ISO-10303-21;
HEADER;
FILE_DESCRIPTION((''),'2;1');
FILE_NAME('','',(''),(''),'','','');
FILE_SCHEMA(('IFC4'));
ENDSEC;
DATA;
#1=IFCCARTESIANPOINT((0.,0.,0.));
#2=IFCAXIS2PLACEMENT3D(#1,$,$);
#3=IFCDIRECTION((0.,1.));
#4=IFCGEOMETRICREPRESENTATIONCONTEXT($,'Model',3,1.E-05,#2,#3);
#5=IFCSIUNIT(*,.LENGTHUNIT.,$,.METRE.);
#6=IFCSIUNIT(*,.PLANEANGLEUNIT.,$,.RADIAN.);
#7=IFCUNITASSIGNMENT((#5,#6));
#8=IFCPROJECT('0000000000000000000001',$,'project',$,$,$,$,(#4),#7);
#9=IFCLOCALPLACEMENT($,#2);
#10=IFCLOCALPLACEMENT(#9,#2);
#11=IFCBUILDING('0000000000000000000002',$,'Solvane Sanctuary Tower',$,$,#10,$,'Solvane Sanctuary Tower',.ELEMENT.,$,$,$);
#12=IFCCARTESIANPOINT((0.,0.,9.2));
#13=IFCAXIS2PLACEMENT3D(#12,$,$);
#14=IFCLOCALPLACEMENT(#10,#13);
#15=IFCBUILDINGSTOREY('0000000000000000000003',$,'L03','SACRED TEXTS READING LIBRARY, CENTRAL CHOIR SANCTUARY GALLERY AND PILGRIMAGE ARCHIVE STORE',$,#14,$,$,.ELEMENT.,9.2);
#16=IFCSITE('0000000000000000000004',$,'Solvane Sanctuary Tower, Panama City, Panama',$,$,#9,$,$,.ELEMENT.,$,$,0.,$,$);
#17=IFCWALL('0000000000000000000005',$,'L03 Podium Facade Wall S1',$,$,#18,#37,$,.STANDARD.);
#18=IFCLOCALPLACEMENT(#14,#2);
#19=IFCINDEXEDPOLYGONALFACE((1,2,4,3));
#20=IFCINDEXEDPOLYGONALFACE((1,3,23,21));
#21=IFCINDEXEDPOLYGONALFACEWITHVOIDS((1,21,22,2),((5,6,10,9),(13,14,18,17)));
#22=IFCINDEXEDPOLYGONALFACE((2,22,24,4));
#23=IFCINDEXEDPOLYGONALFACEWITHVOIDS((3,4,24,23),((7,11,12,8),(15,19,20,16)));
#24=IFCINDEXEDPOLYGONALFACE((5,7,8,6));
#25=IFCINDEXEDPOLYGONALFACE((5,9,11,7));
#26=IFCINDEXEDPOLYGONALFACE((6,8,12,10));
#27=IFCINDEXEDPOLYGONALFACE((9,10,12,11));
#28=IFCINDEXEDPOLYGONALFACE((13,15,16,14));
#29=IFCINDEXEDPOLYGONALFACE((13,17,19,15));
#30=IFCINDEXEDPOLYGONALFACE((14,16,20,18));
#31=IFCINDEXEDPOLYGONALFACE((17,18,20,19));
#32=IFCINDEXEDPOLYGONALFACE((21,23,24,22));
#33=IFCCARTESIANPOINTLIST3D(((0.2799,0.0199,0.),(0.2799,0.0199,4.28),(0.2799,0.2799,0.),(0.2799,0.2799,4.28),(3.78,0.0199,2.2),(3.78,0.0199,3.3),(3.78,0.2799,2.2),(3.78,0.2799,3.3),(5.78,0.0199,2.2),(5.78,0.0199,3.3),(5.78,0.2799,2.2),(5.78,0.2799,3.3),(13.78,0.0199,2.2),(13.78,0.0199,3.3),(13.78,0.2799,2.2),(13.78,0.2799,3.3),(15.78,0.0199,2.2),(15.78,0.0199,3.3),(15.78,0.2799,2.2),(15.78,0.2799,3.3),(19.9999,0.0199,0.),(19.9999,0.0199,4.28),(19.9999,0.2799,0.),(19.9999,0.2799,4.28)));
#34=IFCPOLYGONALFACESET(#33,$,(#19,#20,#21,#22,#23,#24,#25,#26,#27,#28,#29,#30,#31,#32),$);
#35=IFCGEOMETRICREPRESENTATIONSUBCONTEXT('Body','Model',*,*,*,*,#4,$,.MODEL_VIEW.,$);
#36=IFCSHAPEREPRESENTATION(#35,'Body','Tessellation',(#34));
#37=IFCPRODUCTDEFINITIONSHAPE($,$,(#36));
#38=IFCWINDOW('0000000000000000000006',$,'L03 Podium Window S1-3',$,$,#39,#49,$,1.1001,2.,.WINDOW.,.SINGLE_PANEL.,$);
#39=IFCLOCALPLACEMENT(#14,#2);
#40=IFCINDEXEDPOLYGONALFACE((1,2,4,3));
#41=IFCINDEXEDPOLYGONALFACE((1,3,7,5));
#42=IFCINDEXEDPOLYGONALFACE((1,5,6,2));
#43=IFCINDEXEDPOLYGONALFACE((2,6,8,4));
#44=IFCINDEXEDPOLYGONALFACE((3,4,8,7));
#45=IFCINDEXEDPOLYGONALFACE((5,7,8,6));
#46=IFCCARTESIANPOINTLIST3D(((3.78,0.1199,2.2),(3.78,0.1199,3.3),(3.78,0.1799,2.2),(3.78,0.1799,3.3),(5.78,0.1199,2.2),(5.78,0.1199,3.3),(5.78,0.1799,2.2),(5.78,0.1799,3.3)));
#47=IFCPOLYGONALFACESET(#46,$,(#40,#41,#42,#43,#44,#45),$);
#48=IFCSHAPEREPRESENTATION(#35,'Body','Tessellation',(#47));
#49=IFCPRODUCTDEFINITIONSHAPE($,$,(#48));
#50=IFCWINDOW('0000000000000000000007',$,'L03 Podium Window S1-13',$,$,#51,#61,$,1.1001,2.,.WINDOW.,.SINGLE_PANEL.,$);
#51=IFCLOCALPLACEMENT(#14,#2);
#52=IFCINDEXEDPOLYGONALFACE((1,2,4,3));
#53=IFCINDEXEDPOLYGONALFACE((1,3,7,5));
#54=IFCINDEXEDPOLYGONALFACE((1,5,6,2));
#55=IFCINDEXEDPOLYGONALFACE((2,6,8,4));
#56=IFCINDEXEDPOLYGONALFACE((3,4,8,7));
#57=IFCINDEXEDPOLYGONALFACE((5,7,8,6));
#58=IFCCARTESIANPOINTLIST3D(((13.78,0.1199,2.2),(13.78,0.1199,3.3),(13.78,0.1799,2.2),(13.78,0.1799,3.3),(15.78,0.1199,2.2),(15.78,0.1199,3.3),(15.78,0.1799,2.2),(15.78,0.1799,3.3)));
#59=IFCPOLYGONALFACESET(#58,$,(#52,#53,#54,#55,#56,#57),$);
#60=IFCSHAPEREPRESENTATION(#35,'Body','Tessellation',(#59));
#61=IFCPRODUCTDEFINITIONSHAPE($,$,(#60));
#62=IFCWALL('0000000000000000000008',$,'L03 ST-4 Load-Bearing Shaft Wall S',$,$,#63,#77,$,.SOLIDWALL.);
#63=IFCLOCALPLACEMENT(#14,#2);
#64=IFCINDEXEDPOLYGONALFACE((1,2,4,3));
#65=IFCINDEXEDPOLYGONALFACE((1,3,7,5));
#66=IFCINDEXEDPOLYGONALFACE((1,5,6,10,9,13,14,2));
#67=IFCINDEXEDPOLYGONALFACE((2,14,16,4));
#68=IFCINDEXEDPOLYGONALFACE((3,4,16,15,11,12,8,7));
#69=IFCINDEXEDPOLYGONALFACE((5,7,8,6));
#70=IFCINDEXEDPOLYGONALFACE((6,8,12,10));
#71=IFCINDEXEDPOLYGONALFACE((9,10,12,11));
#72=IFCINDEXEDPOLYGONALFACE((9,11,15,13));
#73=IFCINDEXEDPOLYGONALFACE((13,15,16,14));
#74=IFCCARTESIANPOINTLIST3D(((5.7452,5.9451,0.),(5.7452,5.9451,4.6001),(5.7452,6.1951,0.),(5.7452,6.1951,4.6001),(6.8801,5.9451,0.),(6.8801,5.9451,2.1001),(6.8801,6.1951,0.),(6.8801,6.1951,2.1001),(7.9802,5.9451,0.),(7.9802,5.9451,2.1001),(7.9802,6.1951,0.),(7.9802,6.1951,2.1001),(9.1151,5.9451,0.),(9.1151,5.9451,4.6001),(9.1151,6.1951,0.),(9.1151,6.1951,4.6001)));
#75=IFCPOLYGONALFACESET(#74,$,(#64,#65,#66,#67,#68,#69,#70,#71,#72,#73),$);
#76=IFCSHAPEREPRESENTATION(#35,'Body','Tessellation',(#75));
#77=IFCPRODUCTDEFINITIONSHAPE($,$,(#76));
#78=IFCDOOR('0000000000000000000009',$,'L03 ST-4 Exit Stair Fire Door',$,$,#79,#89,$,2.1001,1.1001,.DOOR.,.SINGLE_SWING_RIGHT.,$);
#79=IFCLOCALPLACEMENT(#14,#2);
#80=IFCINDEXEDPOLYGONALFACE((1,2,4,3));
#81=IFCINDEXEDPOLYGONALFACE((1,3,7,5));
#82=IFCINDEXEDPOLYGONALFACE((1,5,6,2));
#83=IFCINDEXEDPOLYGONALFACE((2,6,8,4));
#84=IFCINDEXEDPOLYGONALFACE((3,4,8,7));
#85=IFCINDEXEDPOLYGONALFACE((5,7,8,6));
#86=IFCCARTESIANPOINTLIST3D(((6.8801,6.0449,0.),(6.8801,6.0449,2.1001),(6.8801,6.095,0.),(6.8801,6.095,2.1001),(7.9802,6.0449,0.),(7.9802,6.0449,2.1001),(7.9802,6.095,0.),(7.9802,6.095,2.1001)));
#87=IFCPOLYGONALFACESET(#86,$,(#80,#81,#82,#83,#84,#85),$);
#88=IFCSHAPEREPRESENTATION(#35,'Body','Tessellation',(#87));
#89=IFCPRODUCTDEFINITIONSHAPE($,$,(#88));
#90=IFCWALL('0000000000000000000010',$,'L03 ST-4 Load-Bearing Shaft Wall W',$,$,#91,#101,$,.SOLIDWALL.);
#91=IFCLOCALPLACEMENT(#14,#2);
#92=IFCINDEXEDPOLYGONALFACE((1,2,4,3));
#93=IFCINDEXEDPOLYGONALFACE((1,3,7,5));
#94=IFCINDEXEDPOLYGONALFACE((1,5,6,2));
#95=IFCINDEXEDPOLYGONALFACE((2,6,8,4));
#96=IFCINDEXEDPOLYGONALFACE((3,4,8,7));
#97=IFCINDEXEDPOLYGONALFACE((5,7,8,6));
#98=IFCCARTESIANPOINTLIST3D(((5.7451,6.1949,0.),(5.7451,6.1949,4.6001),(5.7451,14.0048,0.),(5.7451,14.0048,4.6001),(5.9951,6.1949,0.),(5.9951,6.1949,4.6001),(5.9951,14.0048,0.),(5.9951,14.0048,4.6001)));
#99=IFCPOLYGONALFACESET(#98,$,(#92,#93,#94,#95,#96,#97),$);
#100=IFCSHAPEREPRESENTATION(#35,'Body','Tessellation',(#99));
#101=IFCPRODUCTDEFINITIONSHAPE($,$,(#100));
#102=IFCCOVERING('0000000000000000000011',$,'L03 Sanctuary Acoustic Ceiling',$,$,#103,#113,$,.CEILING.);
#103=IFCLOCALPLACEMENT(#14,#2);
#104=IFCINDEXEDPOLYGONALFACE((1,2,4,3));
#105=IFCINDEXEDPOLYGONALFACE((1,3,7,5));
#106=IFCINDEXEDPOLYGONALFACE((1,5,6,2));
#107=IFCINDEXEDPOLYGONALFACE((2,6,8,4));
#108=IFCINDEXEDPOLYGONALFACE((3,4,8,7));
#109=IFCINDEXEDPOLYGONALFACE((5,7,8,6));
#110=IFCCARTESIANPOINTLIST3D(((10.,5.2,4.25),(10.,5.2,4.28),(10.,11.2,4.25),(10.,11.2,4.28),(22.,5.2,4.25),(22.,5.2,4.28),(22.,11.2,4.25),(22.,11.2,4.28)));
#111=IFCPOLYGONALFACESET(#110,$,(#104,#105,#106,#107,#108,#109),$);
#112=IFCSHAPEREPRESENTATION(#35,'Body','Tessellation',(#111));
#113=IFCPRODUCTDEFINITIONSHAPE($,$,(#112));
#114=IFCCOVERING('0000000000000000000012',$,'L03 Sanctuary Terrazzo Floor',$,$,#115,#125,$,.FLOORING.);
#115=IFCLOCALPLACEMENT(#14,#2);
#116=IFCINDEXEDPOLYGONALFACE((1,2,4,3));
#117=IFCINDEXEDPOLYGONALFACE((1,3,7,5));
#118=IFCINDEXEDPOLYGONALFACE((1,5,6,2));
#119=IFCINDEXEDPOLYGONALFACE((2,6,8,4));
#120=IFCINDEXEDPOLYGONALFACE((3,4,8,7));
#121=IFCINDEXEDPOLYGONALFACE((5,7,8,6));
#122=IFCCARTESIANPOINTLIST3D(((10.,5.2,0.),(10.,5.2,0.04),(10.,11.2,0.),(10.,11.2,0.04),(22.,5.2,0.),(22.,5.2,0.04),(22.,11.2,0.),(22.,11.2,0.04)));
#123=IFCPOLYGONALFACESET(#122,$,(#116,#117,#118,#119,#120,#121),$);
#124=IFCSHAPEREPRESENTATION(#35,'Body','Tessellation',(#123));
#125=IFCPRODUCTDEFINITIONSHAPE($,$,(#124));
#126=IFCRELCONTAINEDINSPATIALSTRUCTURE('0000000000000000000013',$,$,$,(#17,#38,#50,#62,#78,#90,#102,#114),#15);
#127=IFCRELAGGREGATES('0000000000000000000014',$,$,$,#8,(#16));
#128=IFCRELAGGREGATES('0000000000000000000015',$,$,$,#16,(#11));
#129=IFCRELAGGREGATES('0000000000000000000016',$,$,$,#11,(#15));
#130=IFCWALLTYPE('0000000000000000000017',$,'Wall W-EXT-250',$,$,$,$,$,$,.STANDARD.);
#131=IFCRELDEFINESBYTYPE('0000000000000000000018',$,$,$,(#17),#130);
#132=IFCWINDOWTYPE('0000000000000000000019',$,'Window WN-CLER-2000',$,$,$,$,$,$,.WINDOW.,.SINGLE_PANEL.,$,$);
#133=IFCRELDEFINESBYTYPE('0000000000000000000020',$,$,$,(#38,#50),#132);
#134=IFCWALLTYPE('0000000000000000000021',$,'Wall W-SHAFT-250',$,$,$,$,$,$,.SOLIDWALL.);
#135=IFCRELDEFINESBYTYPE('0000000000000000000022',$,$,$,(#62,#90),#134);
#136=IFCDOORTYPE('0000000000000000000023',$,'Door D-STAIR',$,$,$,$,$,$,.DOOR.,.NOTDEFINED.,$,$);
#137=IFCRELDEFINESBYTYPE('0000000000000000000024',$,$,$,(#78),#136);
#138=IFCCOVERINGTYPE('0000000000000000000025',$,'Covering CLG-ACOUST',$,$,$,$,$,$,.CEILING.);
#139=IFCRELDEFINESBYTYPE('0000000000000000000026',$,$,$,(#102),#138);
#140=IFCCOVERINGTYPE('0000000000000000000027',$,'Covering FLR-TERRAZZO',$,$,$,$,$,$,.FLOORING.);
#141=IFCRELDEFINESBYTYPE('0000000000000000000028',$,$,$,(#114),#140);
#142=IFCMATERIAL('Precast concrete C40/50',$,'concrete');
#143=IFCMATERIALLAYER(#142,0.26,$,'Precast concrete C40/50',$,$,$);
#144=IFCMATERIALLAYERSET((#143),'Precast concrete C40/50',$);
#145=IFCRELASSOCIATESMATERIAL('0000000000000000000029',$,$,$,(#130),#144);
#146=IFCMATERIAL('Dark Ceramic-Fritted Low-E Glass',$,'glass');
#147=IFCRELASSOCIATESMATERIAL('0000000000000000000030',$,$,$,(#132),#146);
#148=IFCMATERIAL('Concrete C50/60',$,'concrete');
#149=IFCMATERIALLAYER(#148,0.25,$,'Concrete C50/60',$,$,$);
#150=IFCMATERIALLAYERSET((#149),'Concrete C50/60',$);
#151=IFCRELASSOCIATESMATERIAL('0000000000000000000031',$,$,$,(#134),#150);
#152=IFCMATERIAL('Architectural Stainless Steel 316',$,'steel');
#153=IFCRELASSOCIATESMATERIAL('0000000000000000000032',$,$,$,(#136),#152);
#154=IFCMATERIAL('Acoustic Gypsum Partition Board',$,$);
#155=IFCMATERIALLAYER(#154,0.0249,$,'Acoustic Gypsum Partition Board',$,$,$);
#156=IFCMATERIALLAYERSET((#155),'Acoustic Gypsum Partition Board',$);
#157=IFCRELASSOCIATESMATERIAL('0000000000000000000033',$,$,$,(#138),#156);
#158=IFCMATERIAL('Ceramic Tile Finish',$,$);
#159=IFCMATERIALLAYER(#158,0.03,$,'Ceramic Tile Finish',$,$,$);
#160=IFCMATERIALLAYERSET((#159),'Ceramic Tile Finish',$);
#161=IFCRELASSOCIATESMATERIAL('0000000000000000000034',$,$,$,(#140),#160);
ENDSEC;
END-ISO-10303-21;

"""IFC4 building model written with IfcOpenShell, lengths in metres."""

from ifc_helpers import new_model, si_unit, direction, frame, frame_2d, origin, place, context, subcontext, project, spatial, polyline, rectangle, outline, extrude, material, layer, layer_set, type_object, element, fill, save


model = new_model("IFC4")

# Units and contexts
model_context = context("Model", 3, precision=1e-05, world=origin(), true_north=direction((0.0, 1.0)))
body_context = subcontext(model_context, "Body", "Model", "MODEL_VIEW")
ifc_project = project(units=[si_unit("LENGTHUNIT", "METRE"), si_unit("PLANEANGLEUNIT", "RADIAN")], contexts=[model_context])

# Site, building, storey
site_placement = place(None, origin())
site = spatial("IfcSite", under=ifc_project, at=site_placement, Name="Solvane Sanctuary Tower, Panama City, Panama", CompositionType="ELEMENT", RefElevation=0.0)
building_placement = place(site_placement, origin())
building = spatial("IfcBuilding", under=site, at=building_placement, Name="Solvane Sanctuary Tower", LongName="Solvane Sanctuary Tower", CompositionType="ELEMENT")
storey_placement = place(building_placement, frame((0.0, 0.0, 9.2)))
storey = spatial("IfcBuildingStorey", under=building, at=storey_placement, Name="L03", Description="SACRED TEXTS READING LIBRARY, CENTRAL CHOIR SANCTUARY GALLERY AND PILGRIMAGE ARCHIVE STORE", CompositionType="ELEMENT", Elevation=9.2)

# Shared definitions
ifc_material_1 = material(Name="Concrete C50/60", Category="concrete")

# Shared definitions
ifc_material_2 = material(Name="Acoustic Gypsum Partition Board")

# Wall, openings, windows
ifc_material_3 = material(Name="Precast concrete C40/50", Category="concrete")
ifc_layer_1 = layer(ifc_material_3, 0.26, Name="Precast concrete C40/50")
ifc_layer_set_1 = layer_set([ifc_layer_1], Name="Precast concrete C40/50")
wall_type_1 = type_object("IfcWallType", Name="Wall W-EXT-250", PredefinedType="STANDARD", material=ifc_layer_set_1)
wall_1_placement = place(storey_placement, frame((0.28, 0.1499, 0.0), z_axis=(0.0, 0.0, 1.0), x_axis=(1.0, 0.0, 0.0)))
wall_1 = element("IfcWall", 1, at=wall_1_placement, inside=storey, type_object=wall_type_1, Name="L03 Podium Facade Wall S1", PredefinedType="STANDARD", context=body_context, shape_type="SweptSolid", body=[
    extrude(rectangle(XDim=19.72, YDim=0.26, at=frame_2d((9.8599, 0.0))), origin(), (0.0, 0.0, 1.0), 4.28),
])
opening_1_placement = place(wall_1_placement, frame((3.5, 0.0, 2.2)))
opening_1 = element("IfcOpeningElement", 2, at=opening_1_placement, cuts=wall_1, PredefinedType="OPENING", context=body_context, shape_type="SweptSolid", body=[
    extrude(rectangle(XDim=2.0, YDim=1.1001, at=frame_2d((1.0, 0.55))), frame((0.0, 0.1399, 0.0), z_axis=(0.0, -1.0, 0.0), x_axis=(1.0, 0.0, 0.0)), (0.0, 0.0, 1.0), 0.28),
])
opening_2_placement = place(wall_1_placement, frame((13.5, 0.0, 2.2)))
opening_2 = element("IfcOpeningElement", 3, at=opening_2_placement, cuts=wall_1, PredefinedType="OPENING", context=body_context, shape_type="SweptSolid", body=[
    extrude(rectangle(XDim=2.0, YDim=1.1001, at=frame_2d((1.0, 0.55))), frame((0.0, 0.1399, 0.0), z_axis=(0.0, -1.0, 0.0), x_axis=(1.0, 0.0, 0.0)), (0.0, 0.0, 1.0), 0.28),
])
ifc_material_4 = material(Name="Dark Ceramic-Fritted Low-E Glass", Category="glass")
window_type = type_object("IfcWindowType", Name="Window WN-CLER-2000", PartitioningType="SINGLE_PANEL", PredefinedType="WINDOW", material=ifc_material_4)
window_1_placement = place(opening_1_placement, origin())
window_1 = element("IfcWindow", 4, at=window_1_placement, inside=storey, type_object=window_type, Name="L03 Podium Window S1-3", OverallHeight=1.1001, OverallWidth=2.0, PartitioningType="SINGLE_PANEL", PredefinedType="WINDOW", context=body_context, shape_type="SweptSolid", body=[
    extrude(rectangle(XDim=2.0, YDim=1.1001, at=frame_2d((1.0, 0.55))), frame((0.0, 0.03, 0.0), z_axis=(0.0, -1.0, 0.0), x_axis=(1.0, 0.0, 0.0)), (0.0, 0.0, 1.0), 0.0601),
])
fill(opening_1, window_1)
window_2_placement = place(opening_2_placement, origin())
window_2 = element("IfcWindow", 5, at=window_2_placement, inside=storey, type_object=window_type, Name="L03 Podium Window S1-13", OverallHeight=1.1001, OverallWidth=2.0, PartitioningType="SINGLE_PANEL", PredefinedType="WINDOW", context=body_context, shape_type="SweptSolid", body=[
    extrude(rectangle(XDim=2.0, YDim=1.1001, at=frame_2d((1.0, 0.55))), frame((0.0, 0.03, 0.0), z_axis=(0.0, -1.0, 0.0), x_axis=(1.0, 0.0, 0.0)), (0.0, 0.0, 1.0), 0.0601),
])
fill(opening_2, window_2)

# Wall, opening, door
ifc_layer_2 = layer(ifc_material_1, 0.25, Name="Concrete C50/60")
ifc_layer_set_2 = layer_set([ifc_layer_2], Name="Concrete C50/60")
wall_type_2 = type_object("IfcWallType", Name="Wall W-SHAFT-250", PredefinedType="SOLIDWALL", material=ifc_layer_set_2)
wall_2_placement = place(storey_placement, frame((5.7451, 6.0701, 0.0), z_axis=(0.0, 0.0, 1.0), x_axis=(1.0, 0.0, 0.0)))
wall_2 = element("IfcWall", 6, at=wall_2_placement, inside=storey, type_object=wall_type_2, Name="L03 ST-4 Load-Bearing Shaft Wall S", PredefinedType="SOLIDWALL", context=body_context, shape_type="SweptSolid", body=[
    extrude(rectangle(XDim=3.3699, YDim=0.25, at=frame_2d((1.6851, 0.0))), origin(), (0.0, 0.0, 1.0), 4.6001),
])
opening_3_placement = place(wall_2_placement, frame((1.135, 0.0, 0.0)))
opening_3 = element("IfcOpeningElement", 7, at=opening_3_placement, cuts=wall_2, PredefinedType="OPENING", context=body_context, shape_type="SweptSolid", body=[
    extrude(rectangle(XDim=1.1001, YDim=2.1001, at=frame_2d((0.55, 1.05))), frame((0.0, 0.135, 0.0), z_axis=(0.0, -1.0, 0.0), x_axis=(1.0, 0.0, 0.0)), (0.0, 0.0, 1.0), 0.27),
])
ifc_material_5 = material(Name="Architectural Stainless Steel 316", Category="steel")
door_type = type_object("IfcDoorType", Name="Door D-STAIR", OperationType="NOTDEFINED", PredefinedType="DOOR", material=ifc_material_5)
door_placement = place(opening_3_placement, origin())
door = element("IfcDoor", 8, at=door_placement, inside=storey, type_object=door_type, Name="L03 ST-4 Exit Stair Fire Door", OperationType="SINGLE_SWING_RIGHT", OverallHeight=2.1001, OverallWidth=1.1001, PredefinedType="DOOR", context=body_context, shape_type="SweptSolid", body=[
    extrude(rectangle(XDim=1.1001, YDim=2.1001, at=frame_2d((0.55, 1.05))), frame((0.0, 0.0249, 0.0), z_axis=(0.0, -1.0, 0.0), x_axis=(1.0, 0.0, 0.0)), (0.0, 0.0, 1.0), 0.05),
])
fill(opening_3, door)

# Wall
wall_3_placement = place(storey_placement, frame((5.8701, 6.1951, 0.0), z_axis=(0.0, 0.0, 1.0), x_axis=(0.0, 1.0, 0.0)))
element("IfcWall", 9, at=wall_3_placement, inside=storey, type_object=wall_type_2, Name="L03 ST-4 Load-Bearing Shaft Wall W", PredefinedType="SOLIDWALL", context=body_context, shape_type="SweptSolid", body=[
    extrude(rectangle(XDim=7.8098, YDim=0.25, at=frame_2d((3.9048, 0.0))), origin(), (0.0, 0.0, 1.0), 4.6001),
])

# Coverings
ifc_layer_3 = layer(ifc_material_2, 0.0249, Name="Acoustic Gypsum Partition Board")
ifc_layer_set_3 = layer_set([ifc_layer_3], Name="Acoustic Gypsum Partition Board")
covering_type_1 = type_object("IfcCoveringType", Name="Covering CLG-ACOUST", PredefinedType="CEILING", material=ifc_layer_set_3)
covering_1_placement = place(storey_placement, frame((0.0, 0.0, 4.25)))
element("IfcCovering", 10, at=covering_1_placement, inside=storey, type_object=covering_type_1, Name="L03 Sanctuary Acoustic Ceiling", PredefinedType="CEILING", context=body_context, shape_type="SweptSolid", body=[
    extrude(outline(polyline([(10.0, 5.2), (22.0, 5.2), (22.0, 11.2), (10.0, 11.2), (10.0, 5.2)])), origin(), (0.0, 0.0, 1.0), 0.03),
])
ifc_material_6 = material(Name="Ceramic Tile Finish")
ifc_layer_4 = layer(ifc_material_6, 0.03, Name="Ceramic Tile Finish")
ifc_layer_set_4 = layer_set([ifc_layer_4], Name="Ceramic Tile Finish")
covering_type_2 = type_object("IfcCoveringType", Name="Covering FLR-TERRAZZO", PredefinedType="FLOORING", material=ifc_layer_set_4)
covering_2_placement = place(storey_placement, origin())
element("IfcCovering", 11, at=covering_2_placement, inside=storey, type_object=covering_type_2, Name="L03 Sanctuary Terrazzo Floor", PredefinedType="FLOORING", context=body_context, shape_type="SweptSolid", body=[
    extrude(outline(polyline([(10.0, 5.2), (22.0, 5.2), (22.0, 11.2), (10.0, 11.2), (10.0, 5.2)])), origin(), (0.0, 0.0, 1.0), 0.04),
])

save(model, "model.ifc")
